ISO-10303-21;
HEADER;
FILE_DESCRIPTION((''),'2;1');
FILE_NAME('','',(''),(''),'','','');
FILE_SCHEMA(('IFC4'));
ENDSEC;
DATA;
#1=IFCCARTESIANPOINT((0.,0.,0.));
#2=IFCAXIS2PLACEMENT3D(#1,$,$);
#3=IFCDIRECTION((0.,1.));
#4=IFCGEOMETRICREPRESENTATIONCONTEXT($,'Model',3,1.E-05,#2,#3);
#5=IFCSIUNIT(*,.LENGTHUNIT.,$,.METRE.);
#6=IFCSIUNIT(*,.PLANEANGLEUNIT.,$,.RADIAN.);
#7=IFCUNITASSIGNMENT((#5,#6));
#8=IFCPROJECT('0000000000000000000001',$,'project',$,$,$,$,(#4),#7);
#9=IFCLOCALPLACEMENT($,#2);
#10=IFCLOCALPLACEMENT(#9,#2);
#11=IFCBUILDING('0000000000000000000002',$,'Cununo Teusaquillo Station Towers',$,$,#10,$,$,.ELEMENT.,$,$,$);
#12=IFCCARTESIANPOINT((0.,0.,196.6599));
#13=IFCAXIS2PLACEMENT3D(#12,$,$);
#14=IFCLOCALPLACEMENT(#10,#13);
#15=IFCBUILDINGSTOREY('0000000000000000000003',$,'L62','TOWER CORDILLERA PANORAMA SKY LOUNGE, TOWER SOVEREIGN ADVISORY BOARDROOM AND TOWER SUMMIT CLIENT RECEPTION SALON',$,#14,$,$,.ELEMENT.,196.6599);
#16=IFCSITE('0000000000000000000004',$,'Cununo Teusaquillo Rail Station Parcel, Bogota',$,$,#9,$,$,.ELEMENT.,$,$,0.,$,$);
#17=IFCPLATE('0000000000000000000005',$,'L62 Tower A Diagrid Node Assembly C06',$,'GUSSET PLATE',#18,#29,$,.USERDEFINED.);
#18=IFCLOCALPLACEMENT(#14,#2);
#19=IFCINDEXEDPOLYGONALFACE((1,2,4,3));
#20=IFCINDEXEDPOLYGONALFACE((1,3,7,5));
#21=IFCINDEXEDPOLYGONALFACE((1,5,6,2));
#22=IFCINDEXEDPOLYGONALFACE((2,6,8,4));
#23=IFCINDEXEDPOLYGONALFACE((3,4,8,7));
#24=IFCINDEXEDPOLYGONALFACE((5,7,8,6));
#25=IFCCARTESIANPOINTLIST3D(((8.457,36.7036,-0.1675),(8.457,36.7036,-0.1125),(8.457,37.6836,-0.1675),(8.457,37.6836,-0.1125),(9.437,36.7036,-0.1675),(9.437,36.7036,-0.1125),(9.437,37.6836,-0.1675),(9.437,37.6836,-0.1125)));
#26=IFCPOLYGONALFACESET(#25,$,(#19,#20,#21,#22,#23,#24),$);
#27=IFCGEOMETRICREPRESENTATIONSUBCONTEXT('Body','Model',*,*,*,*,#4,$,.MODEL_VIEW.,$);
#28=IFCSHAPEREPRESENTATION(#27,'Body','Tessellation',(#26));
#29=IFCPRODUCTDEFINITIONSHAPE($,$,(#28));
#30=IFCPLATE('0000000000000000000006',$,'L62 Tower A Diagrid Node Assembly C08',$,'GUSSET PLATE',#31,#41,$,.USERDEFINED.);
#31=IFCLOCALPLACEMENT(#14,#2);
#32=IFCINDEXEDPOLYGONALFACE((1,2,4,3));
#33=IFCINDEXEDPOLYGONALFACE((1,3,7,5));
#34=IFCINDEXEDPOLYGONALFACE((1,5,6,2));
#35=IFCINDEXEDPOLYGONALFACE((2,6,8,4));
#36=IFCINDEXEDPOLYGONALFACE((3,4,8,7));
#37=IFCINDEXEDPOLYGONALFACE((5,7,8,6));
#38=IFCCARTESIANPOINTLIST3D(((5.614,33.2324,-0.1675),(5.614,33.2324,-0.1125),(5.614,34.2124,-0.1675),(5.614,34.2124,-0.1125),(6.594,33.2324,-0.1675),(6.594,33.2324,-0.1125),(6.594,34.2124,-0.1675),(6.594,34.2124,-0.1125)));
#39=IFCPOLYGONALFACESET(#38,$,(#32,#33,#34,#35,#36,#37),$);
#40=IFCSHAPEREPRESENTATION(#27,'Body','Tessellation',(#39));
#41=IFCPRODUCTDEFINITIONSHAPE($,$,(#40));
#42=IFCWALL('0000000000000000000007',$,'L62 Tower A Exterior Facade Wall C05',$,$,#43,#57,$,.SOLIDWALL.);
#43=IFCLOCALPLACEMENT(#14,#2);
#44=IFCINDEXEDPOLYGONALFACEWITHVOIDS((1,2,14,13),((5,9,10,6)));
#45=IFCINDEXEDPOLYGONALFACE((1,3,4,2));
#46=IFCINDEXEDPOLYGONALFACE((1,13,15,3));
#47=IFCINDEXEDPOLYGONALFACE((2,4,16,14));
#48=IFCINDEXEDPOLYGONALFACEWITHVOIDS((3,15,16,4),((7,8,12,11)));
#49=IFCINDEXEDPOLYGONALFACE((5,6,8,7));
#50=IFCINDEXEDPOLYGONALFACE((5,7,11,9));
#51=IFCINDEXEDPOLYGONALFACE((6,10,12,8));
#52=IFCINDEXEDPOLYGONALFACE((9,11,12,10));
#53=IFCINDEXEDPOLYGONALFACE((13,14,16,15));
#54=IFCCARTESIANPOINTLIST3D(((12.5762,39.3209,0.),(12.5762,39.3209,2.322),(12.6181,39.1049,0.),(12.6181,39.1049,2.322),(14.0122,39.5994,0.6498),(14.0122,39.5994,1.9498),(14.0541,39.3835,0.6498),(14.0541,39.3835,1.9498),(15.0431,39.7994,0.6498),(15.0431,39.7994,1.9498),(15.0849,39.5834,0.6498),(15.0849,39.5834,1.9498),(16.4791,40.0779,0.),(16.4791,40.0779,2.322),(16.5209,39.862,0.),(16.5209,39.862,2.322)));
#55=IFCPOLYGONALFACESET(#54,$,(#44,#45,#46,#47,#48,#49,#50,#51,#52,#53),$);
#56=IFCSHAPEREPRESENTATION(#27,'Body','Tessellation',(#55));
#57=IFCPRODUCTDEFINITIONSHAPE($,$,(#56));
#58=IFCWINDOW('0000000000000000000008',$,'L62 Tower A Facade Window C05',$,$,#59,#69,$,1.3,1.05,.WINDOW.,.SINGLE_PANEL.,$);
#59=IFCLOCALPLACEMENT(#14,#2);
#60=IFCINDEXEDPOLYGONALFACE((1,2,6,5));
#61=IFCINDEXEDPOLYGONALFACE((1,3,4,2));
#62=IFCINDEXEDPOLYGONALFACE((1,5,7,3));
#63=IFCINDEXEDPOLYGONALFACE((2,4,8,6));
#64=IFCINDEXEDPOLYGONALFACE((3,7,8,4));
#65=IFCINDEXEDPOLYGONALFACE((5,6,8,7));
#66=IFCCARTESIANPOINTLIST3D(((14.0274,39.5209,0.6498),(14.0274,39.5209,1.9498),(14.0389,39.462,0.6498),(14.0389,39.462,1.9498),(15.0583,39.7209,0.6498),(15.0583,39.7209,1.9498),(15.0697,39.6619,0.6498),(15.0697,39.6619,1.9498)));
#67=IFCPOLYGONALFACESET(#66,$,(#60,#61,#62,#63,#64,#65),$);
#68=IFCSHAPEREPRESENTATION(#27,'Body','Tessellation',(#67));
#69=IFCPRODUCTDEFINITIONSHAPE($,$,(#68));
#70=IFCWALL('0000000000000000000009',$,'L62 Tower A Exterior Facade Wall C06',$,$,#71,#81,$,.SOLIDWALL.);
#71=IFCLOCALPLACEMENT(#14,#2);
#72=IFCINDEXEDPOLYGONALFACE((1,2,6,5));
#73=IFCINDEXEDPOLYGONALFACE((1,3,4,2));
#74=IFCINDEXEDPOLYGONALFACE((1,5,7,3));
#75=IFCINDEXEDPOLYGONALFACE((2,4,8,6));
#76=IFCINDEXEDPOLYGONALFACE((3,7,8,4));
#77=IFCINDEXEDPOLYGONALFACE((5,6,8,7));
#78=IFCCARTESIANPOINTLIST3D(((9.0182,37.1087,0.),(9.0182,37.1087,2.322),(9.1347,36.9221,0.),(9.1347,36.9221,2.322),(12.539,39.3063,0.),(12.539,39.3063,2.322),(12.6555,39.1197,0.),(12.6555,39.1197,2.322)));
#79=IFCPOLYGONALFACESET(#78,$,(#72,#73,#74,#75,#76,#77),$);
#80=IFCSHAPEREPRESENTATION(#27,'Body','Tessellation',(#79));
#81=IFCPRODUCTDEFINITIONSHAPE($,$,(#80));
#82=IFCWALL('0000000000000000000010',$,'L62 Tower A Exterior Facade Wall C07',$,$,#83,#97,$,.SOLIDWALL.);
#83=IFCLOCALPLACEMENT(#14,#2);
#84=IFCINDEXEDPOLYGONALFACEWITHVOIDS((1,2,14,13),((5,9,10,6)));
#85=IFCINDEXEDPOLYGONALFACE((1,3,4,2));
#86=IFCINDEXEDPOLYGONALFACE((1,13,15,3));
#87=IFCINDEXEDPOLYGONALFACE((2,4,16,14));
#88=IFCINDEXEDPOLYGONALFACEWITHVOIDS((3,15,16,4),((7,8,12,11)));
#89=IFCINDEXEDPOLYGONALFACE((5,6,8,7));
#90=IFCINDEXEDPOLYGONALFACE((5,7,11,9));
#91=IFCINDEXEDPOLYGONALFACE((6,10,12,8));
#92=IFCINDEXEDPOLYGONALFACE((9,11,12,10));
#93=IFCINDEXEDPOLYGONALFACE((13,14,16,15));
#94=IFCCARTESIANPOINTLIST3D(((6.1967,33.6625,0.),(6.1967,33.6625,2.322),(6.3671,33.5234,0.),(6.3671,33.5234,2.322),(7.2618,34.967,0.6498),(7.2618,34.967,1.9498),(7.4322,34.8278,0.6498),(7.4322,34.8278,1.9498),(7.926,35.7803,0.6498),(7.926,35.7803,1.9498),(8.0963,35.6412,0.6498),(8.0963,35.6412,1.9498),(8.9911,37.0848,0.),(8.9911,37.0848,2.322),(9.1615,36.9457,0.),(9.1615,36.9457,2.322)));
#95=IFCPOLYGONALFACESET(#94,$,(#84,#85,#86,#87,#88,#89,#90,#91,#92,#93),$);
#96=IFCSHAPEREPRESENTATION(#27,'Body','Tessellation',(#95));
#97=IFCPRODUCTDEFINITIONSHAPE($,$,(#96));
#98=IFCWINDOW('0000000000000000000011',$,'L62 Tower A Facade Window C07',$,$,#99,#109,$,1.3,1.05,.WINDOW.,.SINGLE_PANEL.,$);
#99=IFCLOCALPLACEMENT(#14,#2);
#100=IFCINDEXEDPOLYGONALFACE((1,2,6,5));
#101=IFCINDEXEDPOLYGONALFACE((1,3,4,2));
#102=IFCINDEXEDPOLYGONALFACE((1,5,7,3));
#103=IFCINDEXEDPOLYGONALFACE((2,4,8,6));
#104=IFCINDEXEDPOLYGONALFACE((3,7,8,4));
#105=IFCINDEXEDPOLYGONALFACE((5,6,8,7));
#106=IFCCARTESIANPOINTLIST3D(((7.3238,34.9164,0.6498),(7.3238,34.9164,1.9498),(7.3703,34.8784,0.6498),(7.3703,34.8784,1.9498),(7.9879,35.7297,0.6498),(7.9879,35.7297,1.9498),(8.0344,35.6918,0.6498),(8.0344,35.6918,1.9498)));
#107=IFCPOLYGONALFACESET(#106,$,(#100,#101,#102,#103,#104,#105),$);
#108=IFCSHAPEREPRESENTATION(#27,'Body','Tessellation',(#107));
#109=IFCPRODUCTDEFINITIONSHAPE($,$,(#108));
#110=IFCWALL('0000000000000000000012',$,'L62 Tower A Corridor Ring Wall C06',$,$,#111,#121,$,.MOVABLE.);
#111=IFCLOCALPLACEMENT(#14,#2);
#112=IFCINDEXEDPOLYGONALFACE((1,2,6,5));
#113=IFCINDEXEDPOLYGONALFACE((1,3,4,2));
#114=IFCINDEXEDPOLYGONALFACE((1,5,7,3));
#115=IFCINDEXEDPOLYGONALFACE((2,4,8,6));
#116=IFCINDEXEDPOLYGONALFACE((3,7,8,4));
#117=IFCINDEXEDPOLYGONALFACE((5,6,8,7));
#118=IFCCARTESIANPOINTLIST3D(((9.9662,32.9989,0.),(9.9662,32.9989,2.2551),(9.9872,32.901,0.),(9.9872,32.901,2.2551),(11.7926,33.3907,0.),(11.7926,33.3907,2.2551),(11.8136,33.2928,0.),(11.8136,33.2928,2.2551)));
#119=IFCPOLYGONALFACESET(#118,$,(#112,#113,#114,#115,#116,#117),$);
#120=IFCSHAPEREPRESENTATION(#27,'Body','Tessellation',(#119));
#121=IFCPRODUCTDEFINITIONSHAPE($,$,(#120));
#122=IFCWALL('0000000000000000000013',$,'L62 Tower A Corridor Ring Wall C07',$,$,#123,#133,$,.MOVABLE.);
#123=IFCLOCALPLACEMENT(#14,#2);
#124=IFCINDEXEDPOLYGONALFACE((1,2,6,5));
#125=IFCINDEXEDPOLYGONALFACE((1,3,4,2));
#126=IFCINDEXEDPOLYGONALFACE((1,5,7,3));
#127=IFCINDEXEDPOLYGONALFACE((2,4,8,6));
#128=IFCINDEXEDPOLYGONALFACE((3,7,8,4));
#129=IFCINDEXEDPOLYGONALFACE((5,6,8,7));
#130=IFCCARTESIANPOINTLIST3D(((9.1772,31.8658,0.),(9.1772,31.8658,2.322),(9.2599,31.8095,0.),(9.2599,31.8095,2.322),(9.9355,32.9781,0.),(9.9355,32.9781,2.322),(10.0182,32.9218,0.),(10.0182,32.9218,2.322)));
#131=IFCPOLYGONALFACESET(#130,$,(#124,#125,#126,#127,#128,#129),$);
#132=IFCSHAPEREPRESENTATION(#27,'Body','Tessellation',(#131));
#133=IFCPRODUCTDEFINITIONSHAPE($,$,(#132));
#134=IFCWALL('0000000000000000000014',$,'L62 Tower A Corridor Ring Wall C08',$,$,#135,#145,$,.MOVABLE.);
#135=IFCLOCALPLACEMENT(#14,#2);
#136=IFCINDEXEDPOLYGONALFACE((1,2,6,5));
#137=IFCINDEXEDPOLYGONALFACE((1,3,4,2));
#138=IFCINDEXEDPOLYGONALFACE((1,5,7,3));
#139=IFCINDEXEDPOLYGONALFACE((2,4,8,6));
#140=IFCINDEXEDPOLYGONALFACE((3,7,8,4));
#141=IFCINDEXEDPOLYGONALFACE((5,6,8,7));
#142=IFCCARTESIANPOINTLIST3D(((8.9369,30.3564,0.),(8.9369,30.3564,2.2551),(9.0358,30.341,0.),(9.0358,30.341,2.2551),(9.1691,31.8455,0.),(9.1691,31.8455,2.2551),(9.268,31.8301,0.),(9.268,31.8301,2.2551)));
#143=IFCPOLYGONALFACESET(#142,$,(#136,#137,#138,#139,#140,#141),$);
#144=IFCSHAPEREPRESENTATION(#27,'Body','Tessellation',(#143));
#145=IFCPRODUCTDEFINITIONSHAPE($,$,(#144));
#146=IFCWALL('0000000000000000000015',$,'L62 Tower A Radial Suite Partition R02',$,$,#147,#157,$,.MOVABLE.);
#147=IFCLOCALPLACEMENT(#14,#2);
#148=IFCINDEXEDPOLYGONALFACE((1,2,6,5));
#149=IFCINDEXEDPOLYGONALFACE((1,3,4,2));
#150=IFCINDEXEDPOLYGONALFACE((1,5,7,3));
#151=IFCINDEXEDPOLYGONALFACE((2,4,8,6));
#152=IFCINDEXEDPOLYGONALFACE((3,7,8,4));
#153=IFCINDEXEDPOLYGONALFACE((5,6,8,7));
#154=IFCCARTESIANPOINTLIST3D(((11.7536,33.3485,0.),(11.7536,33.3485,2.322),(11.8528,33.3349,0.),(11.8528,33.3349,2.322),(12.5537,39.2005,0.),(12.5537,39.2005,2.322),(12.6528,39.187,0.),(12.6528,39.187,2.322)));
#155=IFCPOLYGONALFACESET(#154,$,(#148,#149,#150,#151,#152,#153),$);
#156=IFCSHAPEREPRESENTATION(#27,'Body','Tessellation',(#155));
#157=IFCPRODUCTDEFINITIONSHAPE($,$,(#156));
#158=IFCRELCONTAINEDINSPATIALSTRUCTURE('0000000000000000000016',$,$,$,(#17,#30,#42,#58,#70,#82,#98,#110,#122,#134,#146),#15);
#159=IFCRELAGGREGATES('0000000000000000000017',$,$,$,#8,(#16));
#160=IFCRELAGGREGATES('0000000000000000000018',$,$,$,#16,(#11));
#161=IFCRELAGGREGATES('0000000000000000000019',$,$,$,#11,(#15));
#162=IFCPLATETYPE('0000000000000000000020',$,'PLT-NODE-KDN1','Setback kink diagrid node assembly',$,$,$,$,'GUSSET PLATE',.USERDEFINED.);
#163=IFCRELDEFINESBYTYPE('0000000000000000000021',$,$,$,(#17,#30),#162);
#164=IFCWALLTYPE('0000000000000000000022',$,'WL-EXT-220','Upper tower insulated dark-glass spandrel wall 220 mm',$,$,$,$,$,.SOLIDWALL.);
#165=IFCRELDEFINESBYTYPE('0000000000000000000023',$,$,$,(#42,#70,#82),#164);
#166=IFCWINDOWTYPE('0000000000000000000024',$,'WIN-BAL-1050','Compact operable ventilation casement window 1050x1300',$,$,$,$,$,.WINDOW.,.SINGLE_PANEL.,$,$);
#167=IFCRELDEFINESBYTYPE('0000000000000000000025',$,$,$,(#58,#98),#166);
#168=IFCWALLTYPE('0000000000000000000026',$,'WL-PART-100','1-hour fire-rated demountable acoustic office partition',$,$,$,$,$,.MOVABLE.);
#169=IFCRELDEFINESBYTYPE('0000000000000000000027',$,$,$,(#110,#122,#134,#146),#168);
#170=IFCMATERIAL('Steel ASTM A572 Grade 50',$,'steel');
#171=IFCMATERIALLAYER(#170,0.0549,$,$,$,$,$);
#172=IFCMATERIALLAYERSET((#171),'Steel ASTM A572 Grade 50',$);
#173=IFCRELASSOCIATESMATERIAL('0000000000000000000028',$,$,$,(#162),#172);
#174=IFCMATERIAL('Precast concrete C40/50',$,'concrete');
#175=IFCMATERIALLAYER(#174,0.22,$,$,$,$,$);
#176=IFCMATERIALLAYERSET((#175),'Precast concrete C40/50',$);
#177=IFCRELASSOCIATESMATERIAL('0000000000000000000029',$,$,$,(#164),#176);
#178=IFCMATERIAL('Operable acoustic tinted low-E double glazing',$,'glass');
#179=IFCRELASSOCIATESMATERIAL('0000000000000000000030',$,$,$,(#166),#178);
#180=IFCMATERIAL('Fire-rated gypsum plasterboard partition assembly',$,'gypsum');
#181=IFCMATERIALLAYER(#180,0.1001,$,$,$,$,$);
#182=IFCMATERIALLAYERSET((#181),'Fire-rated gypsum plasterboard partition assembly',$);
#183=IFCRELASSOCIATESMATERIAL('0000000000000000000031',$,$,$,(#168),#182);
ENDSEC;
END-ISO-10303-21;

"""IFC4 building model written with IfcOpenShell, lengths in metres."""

from ifc_helpers import new_model, si_unit, direction, frame, frame_2d, origin, origin_2d, place, context, subcontext, project, spatial, rectangle, extrude, source, transform, mapped, material, layer, layer_set, type_object, element, fill, save


model = new_model("IFC4")

# Units and contexts
model_context = context("Model", 3, precision=1e-05, world=origin(), true_north=direction((0.0, 1.0)))
body_context = subcontext(model_context, "Body", "Model", "MODEL_VIEW")
ifc_project = project(units=[si_unit("LENGTHUNIT", "METRE"), si_unit("PLANEANGLEUNIT", "RADIAN")], contexts=[model_context])

# Site, building, storey
site_placement = place(None, origin())
site = spatial("IfcSite", under=ifc_project, at=site_placement, Name="Cununo Teusaquillo Rail Station Parcel, Bogota", CompositionType="ELEMENT", RefElevation=0.0)
building_placement = place(site_placement, origin())
building = spatial("IfcBuilding", under=site, at=building_placement, Name="Cununo Teusaquillo Station Towers", CompositionType="ELEMENT")
storey_placement = place(building_placement, frame((0.0, 0.0, 196.6599)))
storey = spatial("IfcBuildingStorey", under=building, at=storey_placement, Name="L62", Description="TOWER CORDILLERA PANORAMA SKY LOUNGE, TOWER SOVEREIGN ADVISORY BOARDROOM AND TOWER SUMMIT CLIENT RECEPTION SALON", CompositionType="ELEMENT", Elevation=196.6599)

# Plates
ifc_material_1 = material(Name="Steel ASTM A572 Grade 50", Category="steel")
ifc_layer_1 = layer(ifc_material_1, 0.0549)
ifc_layer_set_1 = layer_set([ifc_layer_1], Name="Steel ASTM A572 Grade 50")
plate_type = type_object("IfcPlateType", Name="PLT-NODE-KDN1", Description="Setback kink diagrid node assembly", ElementType="GUSSET PLATE", PredefinedType="USERDEFINED", material=ifc_layer_set_1)
shared_shape_1 = source(origin(), body_context, "Body", "SweptSolid", [
    extrude(rectangle(XDim=0.98, YDim=0.98, at=origin_2d()), origin(), (0.0, 0.0, 1.0), 0.0549),
])
for number, where, z_axis, x_axis, name in (
    (1, (8.947, 37.1936, -0.1675), (0.0, 0.0, 1.0), (1.0, 0.0, 0.0), "L62 Tower A Diagrid Node Assembly C06"),
    (2, (6.104, 33.7224, -0.1675), (0.0, 0.0, 1.0), (1.0, 0.0, 0.0), "L62 Tower A Diagrid Node Assembly C08"),
):
    element("IfcPlate", number, at=place(storey_placement, frame(where, z_axis=z_axis, x_axis=x_axis)), inside=storey, type_object=plate_type, Name=name, ObjectType="GUSSET PLATE", PredefinedType="USERDEFINED", context=body_context, shape_type="MappedRepresentation", body=[
        mapped(shared_shape_1, transform((0.0, 0.0, 0.0), x_axis=(1.0, 0.0, 0.0), y_axis=(0.0, 1.0, 0.0), z_axis=(0.0, 0.0, 1.0), scale=1.0)),
    ])

# Wall, opening, window
ifc_material_2 = material(Name="Precast concrete C40/50", Category="concrete")
ifc_layer_2 = layer(ifc_material_2, 0.22)
ifc_layer_set_2 = layer_set([ifc_layer_2], Name="Precast concrete C40/50")
wall_type_1 = type_object("IfcWallType", Name="WL-EXT-220", Description="Upper tower insulated dark-glass spandrel wall 220 mm", PredefinedType="SOLIDWALL", material=ifc_layer_set_2)
wall_1_placement = place(storey_placement, frame((12.5972, 39.2129, 0.0), z_axis=(0.0, 0.0, 1.0), x_axis=(0.9817, 0.190432, 0.0)))
wall_1 = element("IfcWall", 3, at=wall_1_placement, inside=storey, type_object=wall_type_1, Name="L62 Tower A Exterior Facade Wall C05", PredefinedType="SOLIDWALL", context=body_context, shape_type="SweptSolid", body=[
    extrude(rectangle(XDim=3.9756, YDim=0.22, at=frame_2d((1.9878, 0.0))), origin(), (0.0, 0.0, 1.0), 2.322),
])
shared_shape_2 = source(origin(), body_context, "Body", "SweptSolid", [
    extrude(rectangle(XDim=1.05, YDim=1.3, at=frame_2d((0.5249, 0.6499))), frame((0.0, 0.1199, 0.0), z_axis=(0.0, -1.0, 0.0), x_axis=(1.0, 0.0, 0.0)), (0.0, 0.0, 1.0), 0.24),
])
opening_1_placement = place(wall_1_placement, frame((1.4629, 0.0, 0.6499)))
opening_1 = element("IfcOpeningElement", 4, at=opening_1_placement, cuts=wall_1, PredefinedType="OPENING", context=body_context, shape_type="MappedRepresentation", body=[
    mapped(shared_shape_2, transform((0.0, 0.0, 0.0), x_axis=(1.0, 0.0, 0.0), y_axis=(0.0, 1.0, 0.0), z_axis=(0.0, 0.0, 1.0), scale=1.0)),
])
ifc_material_3 = material(Name="Operable acoustic tinted low-E double glazing", Category="glass")
window_type = type_object("IfcWindowType", Name="WIN-BAL-1050", Description="Compact operable ventilation casement window 1050x1300", PartitioningType="SINGLE_PANEL", PredefinedType="WINDOW", material=ifc_material_3)
shared_shape_3 = source(origin(), body_context, "Body", "SweptSolid", [
    extrude(rectangle(XDim=1.05, YDim=1.3, at=frame_2d((0.5249, 0.6499))), frame((0.0, 0.03, 0.0), z_axis=(0.0, -1.0, 0.0), x_axis=(1.0, 0.0, 0.0)), (0.0, 0.0, 1.0), 0.0601),
])
window_1_placement = place(opening_1_placement, origin())
window_1 = element("IfcWindow", 5, at=window_1_placement, inside=storey, type_object=window_type, Name="L62 Tower A Facade Window C05", OverallHeight=1.3, OverallWidth=1.05, PartitioningType="SINGLE_PANEL", PredefinedType="WINDOW", context=body_context, shape_type="MappedRepresentation", body=[
    mapped(shared_shape_3, transform((0.0, 0.0, 0.0), x_axis=(1.0, 0.0, 0.0), y_axis=(0.0, 1.0, 0.0), z_axis=(0.0, 0.0, 1.0), scale=1.0)),
])
fill(opening_1, window_1)

# Wall
wall_2_placement = place(storey_placement, frame((9.0764, 37.0154, 0.0), z_axis=(0.0, 0.0, 1.0), x_axis=(0.848319, 0.529486, 0.0)))
element("IfcWall", 6, at=wall_2_placement, inside=storey, type_object=wall_type_1, Name="L62 Tower A Exterior Facade Wall C06", PredefinedType="SOLIDWALL", context=body_context, shape_type="SweptSolid", body=[
    extrude(rectangle(XDim=4.1504, YDim=0.22, at=frame_2d((2.0752, 0.0))), origin(), (0.0, 0.0, 1.0), 2.322),
])

# Wall, opening, window
wall_3_placement = place(storey_placement, frame((6.282, 33.593, 0.0), z_axis=(0.0, 0.0, 1.0), x_axis=(0.632467, 0.774587, 0.0)))
wall_3 = element("IfcWall", 7, at=wall_3_placement, inside=storey, type_object=wall_type_1, Name="L62 Tower A Exterior Facade Wall C07", PredefinedType="SOLIDWALL", context=body_context, shape_type="SweptSolid", body=[
    extrude(rectangle(XDim=4.4182, YDim=0.22, at=frame_2d((2.209, 0.0))), origin(), (0.0, 0.0, 1.0), 2.322),
])
opening_2_placement = place(wall_3_placement, frame((1.6841, 0.0, 0.6499)))
opening_2 = element("IfcOpeningElement", 8, at=opening_2_placement, cuts=wall_3, PredefinedType="OPENING", context=body_context, shape_type="MappedRepresentation", body=[
    mapped(shared_shape_2, transform((0.0, 0.0, 0.0), x_axis=(1.0, 0.0, 0.0), y_axis=(0.0, 1.0, 0.0), z_axis=(0.0, 0.0, 1.0), scale=1.0)),
])
window_2_placement = place(opening_2_placement, origin())
window_2 = element("IfcWindow", 9, at=window_2_placement, inside=storey, type_object=window_type, Name="L62 Tower A Facade Window C07", OverallHeight=1.3, OverallWidth=1.05, PartitioningType="SINGLE_PANEL", PredefinedType="WINDOW", context=body_context, shape_type="MappedRepresentation", body=[
    mapped(shared_shape_3, transform((0.0, 0.0, 0.0), x_axis=(1.0, 0.0, 0.0), y_axis=(0.0, 1.0, 0.0), z_axis=(0.0, 0.0, 1.0), scale=1.0)),
])
fill(opening_2, window_2)

# Walls
ifc_material_4 = material(Name="Fire-rated gypsum plasterboard partition assembly", Category="gypsum")
ifc_layer_3 = layer(ifc_material_4, 0.1001)
ifc_layer_set_3 = layer_set([ifc_layer_3], Name="Fire-rated gypsum plasterboard partition assembly")
wall_type_2 = type_object("IfcWallType", Name="WL-PART-100", Description="1-hour fire-rated demountable acoustic office partition", PredefinedType="MOVABLE", material=ifc_layer_set_3)
wall_4_placement = place(storey_placement, frame((11.8032, 33.3418, 0.0), z_axis=(0.0, 0.0, 1.0), x_axis=(-0.977751, -0.20977, 0.0)))
element("IfcWall", 10, at=wall_4_placement, inside=storey, type_object=wall_type_2, Name="L62 Tower A Corridor Ring Wall C06", PredefinedType="MOVABLE", context=body_context, shape_type="SweptSolid", body=[
    extrude(rectangle(XDim=1.8679, YDim=0.1001, at=frame_2d((0.9341, 0.0))), origin(), (0.0, 0.0, 1.0), 2.2551),
])
wall_5_placement = place(storey_placement, frame((9.9768, 32.95, 0.0), z_axis=(0.0, 0.0, 1.0), x_axis=(-0.563292, -0.826258, 0.0)))
element("IfcWall", 11, at=wall_5_placement, inside=storey, type_object=wall_type_2, Name="L62 Tower A Corridor Ring Wall C07", PredefinedType="MOVABLE", context=body_context, shape_type="SweptSolid", body=[
    extrude(rectangle(XDim=1.3462, YDim=0.1001, at=frame_2d((0.6731, 0.0))), origin(), (0.0, 0.0, 1.0), 2.322),
])
wall_6_placement = place(storey_placement, frame((9.2185, 31.8376, 0.0), z_axis=(0.0, 0.0, 1.0), x_axis=(-0.154066, -0.988061, 0.0)))
element("IfcWall", 12, at=wall_6_placement, inside=storey, type_object=wall_type_2, Name="L62 Tower A Corridor Ring Wall C08", PredefinedType="MOVABLE", context=body_context, shape_type="SweptSolid", body=[
    extrude(rectangle(XDim=1.5071, YDim=0.1001, at=frame_2d((0.7534, 0.0))), origin(), (0.0, 0.0, 1.0), 2.2551),
])
wall_7_placement = place(storey_placement, frame((11.8032, 33.3418, 0.0), z_axis=(0.0, 0.0, 1.0), x_axis=(0.135453, 0.990784, 0.0)))
element("IfcWall", 13, at=wall_7_placement, inside=storey, type_object=wall_type_2, Name="L62 Tower A Radial Suite Partition R02", PredefinedType="MOVABLE", context=body_context, shape_type="SweptSolid", body=[
    extrude(rectangle(XDim=5.9065, YDim=0.1001, at=frame_2d((2.9531, 0.0))), origin(), (0.0, 0.0, 1.0), 2.322),
])

save(model, "model.ifc")
